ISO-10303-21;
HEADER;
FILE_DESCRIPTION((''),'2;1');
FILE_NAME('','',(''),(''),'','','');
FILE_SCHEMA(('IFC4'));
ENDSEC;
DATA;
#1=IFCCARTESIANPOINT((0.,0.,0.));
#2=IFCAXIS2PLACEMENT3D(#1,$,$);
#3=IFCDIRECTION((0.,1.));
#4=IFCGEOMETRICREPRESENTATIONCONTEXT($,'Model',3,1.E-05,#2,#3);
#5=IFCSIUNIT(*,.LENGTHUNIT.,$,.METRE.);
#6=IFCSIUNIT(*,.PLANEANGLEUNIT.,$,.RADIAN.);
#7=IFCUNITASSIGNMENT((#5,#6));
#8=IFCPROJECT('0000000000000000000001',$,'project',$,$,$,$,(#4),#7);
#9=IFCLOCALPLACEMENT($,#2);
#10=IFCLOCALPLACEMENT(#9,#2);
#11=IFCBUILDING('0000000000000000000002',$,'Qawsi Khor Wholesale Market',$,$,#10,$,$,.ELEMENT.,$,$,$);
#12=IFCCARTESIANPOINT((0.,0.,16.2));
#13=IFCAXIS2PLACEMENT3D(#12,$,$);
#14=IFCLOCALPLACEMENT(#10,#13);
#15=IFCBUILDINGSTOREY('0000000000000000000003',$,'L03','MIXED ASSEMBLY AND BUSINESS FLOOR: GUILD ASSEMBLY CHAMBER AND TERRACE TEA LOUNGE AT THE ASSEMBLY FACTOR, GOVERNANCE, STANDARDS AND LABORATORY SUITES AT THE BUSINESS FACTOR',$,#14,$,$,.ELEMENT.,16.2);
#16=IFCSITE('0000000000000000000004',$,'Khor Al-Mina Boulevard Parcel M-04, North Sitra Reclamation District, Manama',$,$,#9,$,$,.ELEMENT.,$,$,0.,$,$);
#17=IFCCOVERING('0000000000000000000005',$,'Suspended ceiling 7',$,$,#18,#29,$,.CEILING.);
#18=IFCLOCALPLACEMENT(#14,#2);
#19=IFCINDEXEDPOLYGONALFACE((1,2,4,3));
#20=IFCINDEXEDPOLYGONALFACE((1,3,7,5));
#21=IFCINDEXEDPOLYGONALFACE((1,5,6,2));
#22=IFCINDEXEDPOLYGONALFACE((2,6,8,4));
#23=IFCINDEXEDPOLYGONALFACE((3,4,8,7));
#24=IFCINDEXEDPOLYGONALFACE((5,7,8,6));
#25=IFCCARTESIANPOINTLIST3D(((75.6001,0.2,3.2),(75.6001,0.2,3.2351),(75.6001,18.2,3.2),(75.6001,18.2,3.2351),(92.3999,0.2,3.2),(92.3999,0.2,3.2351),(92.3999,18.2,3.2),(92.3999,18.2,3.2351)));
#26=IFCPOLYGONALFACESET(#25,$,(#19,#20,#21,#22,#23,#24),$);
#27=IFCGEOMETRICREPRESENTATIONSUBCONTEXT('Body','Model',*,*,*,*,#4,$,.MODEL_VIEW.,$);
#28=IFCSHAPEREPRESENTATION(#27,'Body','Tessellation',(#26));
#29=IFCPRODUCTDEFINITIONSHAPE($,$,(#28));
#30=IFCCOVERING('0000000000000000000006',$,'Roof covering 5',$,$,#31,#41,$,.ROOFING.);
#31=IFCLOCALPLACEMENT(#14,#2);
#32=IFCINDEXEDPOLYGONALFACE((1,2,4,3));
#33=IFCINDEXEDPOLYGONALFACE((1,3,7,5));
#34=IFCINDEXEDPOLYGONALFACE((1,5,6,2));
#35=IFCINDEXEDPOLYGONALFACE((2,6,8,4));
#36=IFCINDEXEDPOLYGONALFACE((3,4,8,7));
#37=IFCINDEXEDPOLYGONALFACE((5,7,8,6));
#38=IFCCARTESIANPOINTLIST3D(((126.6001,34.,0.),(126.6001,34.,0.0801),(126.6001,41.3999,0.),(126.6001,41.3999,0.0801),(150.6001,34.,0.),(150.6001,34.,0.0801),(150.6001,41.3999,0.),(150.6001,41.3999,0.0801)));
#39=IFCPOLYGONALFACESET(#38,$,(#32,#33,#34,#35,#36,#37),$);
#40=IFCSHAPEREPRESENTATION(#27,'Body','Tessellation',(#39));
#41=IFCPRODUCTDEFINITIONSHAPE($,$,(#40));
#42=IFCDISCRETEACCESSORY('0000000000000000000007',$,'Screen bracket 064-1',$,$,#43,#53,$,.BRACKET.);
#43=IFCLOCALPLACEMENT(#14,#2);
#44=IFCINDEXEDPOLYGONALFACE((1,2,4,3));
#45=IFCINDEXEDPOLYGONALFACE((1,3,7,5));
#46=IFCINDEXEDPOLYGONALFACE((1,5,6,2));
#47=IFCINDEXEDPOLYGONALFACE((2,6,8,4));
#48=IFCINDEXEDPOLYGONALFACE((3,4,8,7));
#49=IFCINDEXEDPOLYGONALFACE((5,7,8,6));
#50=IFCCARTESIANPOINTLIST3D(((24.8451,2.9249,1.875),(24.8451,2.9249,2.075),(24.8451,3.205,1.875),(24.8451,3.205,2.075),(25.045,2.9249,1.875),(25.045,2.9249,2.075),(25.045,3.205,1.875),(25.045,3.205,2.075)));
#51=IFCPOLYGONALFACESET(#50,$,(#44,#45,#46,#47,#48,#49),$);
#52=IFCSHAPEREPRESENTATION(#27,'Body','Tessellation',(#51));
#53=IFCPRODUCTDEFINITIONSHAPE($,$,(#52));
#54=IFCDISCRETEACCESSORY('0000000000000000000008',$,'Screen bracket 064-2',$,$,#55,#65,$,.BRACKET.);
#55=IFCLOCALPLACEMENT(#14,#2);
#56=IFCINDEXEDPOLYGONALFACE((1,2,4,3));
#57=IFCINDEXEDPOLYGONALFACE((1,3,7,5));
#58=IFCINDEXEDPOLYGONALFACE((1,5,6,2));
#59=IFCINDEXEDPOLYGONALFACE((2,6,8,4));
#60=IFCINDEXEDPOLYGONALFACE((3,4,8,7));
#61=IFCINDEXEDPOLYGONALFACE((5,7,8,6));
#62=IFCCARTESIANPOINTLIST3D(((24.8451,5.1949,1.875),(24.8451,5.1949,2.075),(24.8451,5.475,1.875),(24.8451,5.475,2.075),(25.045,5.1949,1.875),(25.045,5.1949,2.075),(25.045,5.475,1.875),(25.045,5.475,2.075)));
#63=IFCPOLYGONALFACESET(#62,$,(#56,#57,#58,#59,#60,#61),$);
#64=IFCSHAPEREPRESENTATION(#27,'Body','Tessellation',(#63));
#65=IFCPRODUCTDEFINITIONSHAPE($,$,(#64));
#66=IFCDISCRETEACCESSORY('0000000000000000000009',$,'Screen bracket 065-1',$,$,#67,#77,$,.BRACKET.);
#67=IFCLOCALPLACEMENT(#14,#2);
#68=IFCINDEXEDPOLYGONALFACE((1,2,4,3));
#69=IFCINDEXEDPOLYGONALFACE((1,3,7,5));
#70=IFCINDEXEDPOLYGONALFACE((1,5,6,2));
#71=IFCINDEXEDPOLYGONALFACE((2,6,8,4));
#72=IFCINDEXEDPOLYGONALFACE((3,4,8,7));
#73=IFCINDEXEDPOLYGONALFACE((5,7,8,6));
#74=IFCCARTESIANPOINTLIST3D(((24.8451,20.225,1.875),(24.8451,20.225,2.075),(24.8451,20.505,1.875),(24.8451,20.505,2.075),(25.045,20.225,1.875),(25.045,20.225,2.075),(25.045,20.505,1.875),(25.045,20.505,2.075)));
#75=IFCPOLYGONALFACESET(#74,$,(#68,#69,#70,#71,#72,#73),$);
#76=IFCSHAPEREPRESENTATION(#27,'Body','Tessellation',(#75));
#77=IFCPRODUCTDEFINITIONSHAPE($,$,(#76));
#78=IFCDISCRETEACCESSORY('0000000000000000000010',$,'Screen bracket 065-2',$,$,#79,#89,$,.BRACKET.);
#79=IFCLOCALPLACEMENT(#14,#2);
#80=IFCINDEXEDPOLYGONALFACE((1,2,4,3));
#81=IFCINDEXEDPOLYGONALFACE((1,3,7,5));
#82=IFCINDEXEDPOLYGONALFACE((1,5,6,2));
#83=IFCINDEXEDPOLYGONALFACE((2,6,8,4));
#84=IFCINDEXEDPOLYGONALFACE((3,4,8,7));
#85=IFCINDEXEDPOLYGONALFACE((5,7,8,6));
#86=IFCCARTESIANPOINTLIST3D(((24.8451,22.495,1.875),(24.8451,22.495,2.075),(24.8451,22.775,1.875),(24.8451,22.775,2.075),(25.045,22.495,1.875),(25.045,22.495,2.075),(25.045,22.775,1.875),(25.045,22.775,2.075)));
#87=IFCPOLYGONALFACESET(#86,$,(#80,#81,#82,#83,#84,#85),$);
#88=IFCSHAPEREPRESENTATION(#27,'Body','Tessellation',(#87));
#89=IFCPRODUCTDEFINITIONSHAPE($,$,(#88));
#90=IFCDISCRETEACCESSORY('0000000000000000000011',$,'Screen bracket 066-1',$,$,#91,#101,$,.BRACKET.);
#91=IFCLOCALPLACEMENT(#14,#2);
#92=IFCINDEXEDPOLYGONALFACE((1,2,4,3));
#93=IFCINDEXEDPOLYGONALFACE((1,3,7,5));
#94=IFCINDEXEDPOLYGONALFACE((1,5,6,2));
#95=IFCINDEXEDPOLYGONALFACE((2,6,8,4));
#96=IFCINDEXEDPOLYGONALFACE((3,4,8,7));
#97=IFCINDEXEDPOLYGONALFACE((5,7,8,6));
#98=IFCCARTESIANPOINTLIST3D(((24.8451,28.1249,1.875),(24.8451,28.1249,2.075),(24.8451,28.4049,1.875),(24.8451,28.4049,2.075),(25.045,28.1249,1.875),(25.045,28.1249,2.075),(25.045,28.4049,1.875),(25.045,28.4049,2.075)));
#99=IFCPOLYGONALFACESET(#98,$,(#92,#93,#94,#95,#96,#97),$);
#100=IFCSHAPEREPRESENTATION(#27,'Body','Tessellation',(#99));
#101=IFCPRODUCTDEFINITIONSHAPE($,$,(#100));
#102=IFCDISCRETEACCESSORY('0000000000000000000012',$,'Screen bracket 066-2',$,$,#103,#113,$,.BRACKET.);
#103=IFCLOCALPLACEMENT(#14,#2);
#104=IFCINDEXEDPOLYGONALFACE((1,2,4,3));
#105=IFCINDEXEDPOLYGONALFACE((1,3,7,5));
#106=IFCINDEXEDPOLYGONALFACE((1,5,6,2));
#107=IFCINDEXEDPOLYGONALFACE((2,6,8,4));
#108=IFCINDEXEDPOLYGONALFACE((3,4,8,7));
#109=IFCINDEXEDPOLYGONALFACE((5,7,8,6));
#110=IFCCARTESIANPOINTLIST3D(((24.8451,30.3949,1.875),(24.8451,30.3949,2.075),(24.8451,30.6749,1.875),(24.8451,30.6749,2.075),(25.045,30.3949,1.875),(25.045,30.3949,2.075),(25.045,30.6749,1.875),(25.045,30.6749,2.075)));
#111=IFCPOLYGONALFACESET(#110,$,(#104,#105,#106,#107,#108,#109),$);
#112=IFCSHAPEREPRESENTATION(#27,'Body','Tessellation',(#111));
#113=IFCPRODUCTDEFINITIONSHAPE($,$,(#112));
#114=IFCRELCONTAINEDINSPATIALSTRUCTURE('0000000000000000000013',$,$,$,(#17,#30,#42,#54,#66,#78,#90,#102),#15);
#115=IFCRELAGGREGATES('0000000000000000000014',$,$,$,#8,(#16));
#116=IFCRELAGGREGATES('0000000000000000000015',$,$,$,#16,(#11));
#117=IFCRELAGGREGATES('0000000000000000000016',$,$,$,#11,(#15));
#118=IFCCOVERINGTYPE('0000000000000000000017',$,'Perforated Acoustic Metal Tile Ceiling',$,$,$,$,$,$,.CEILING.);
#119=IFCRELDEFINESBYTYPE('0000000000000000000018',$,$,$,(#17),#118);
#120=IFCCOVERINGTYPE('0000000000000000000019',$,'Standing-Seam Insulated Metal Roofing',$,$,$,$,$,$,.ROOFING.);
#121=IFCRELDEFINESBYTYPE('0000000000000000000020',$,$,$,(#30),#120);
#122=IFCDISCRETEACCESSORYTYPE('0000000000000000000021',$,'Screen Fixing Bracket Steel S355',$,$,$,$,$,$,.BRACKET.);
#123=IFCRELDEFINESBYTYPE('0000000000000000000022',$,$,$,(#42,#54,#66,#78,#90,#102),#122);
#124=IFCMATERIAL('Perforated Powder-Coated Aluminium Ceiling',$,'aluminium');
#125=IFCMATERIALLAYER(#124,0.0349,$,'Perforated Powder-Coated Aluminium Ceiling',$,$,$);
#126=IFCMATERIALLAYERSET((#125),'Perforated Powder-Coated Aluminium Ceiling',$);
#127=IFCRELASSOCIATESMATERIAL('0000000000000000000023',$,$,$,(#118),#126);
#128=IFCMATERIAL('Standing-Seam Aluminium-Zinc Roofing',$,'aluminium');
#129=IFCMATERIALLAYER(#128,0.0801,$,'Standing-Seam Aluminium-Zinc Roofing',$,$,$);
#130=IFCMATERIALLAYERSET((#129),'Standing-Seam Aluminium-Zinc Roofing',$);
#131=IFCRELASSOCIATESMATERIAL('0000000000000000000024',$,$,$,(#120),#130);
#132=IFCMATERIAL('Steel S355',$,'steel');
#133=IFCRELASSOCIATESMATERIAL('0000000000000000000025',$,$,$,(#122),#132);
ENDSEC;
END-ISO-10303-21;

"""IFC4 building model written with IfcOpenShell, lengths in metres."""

from ifc_helpers import new_model, si_unit, direction, frame, origin, origin_2d, place, context, subcontext, project, spatial, polyline, rectangle, outline, extrude, material, layer, layer_set, type_object, element, save


model = new_model("IFC4")

# Units and contexts
model_context = context("Model", 3, precision=1e-05, world=origin(), true_north=direction((0.0, 1.0)))
body_context = subcontext(model_context, "Body", "Model", "MODEL_VIEW")
ifc_project = project(units=[si_unit("LENGTHUNIT", "METRE"), si_unit("PLANEANGLEUNIT", "RADIAN")], contexts=[model_context])

# Site, building, storey
site_placement = place(None, origin())
site = spatial("IfcSite", under=ifc_project, at=site_placement, Name="Khor Al-Mina Boulevard Parcel M-04, North Sitra Reclamation District, Manama", CompositionType="ELEMENT", RefElevation=0.0)
building_placement = place(site_placement, origin())
building = spatial("IfcBuilding", under=site, at=building_placement, Name="Qawsi Khor Wholesale Market", CompositionType="ELEMENT")
storey_placement = place(building_placement, frame((0.0, 0.0, 16.2)))
storey = spatial("IfcBuildingStorey", under=building, at=storey_placement, Name="L03", Description="MIXED ASSEMBLY AND BUSINESS FLOOR: GUILD ASSEMBLY CHAMBER AND TERRACE TEA LOUNGE AT THE ASSEMBLY FACTOR, GOVERNANCE, STANDARDS AND LABORATORY SUITES AT THE BUSINESS FACTOR", CompositionType="ELEMENT", Elevation=16.2)

# Shared definitions
ifc_material_1 = material(Name="Steel S355", Category="steel")

# Coverings
ifc_material_2 = material(Name="Perforated Powder-Coated Aluminium Ceiling", Category="aluminium")
ifc_layer_1 = layer(ifc_material_2, 0.0349, Name="Perforated Powder-Coated Aluminium Ceiling")
ifc_layer_set_1 = layer_set([ifc_layer_1], Name="Perforated Powder-Coated Aluminium Ceiling")
covering_type_1 = type_object("IfcCoveringType", Name="Perforated Acoustic Metal Tile Ceiling", PredefinedType="CEILING", material=ifc_layer_set_1)
covering_1_placement = place(storey_placement, frame((0.0, 0.0, 3.2)))
element("IfcCovering", 1, at=covering_1_placement, inside=storey, type_object=covering_type_1, Name="Suspended ceiling 7", PredefinedType="CEILING", context=body_context, shape_type="SweptSolid", body=[
    extrude(outline(polyline([(75.6001, 0.2), (92.3999, 0.2), (92.3999, 18.2), (75.6001, 18.2), (75.6001, 0.2)])), origin(), (0.0, 0.0, 1.0), 0.0352),
])
ifc_material_3 = material(Name="Standing-Seam Aluminium-Zinc Roofing", Category="aluminium")
ifc_layer_2 = layer(ifc_material_3, 0.0801, Name="Standing-Seam Aluminium-Zinc Roofing")
ifc_layer_set_2 = layer_set([ifc_layer_2], Name="Standing-Seam Aluminium-Zinc Roofing")
covering_type_2 = type_object("IfcCoveringType", Name="Standing-Seam Insulated Metal Roofing", PredefinedType="ROOFING", material=ifc_layer_set_2)
covering_2_placement = place(storey_placement, origin())
element("IfcCovering", 2, at=covering_2_placement, inside=storey, type_object=covering_type_2, Name="Roof covering 5", PredefinedType="ROOFING", context=body_context, shape_type="SweptSolid", body=[
    extrude(outline(polyline([(126.6001, 34.0), (150.6001, 34.0), (150.6001, 41.3999), (126.6001, 41.3999), (126.6001, 34.0)])), origin(), (0.0, 0.0, 1.0), 0.0801),
])

# Discrete accessories
discrete_accessory_type = type_object("IfcDiscreteAccessoryType", Name="Screen Fixing Bracket Steel S355", PredefinedType="BRACKET", material=ifc_material_1)
for number, where, z_axis, x_axis, name in (
    (3, (24.9451, 3.0649, 1.875), (0.0, 0.0, 1.0), (1.0, 0.0, 0.0), "Screen bracket 064-1"),
    (4, (24.9451, 5.335, 1.875), (0.0, 0.0, 1.0), (1.0, 0.0, 0.0), "Screen bracket 064-2"),
    (5, (24.9451, 20.365, 1.875), (0.0, 0.0, 1.0), (1.0, 0.0, 0.0), "Screen bracket 065-1"),
    (6, (24.9451, 22.635, 1.875), (0.0, 0.0, 1.0), (1.0, 0.0, 0.0), "Screen bracket 065-2"),
    (7, (24.9451, 28.2649, 1.875), (0.0, 0.0, 1.0), (1.0, 0.0, 0.0), "Screen bracket 066-1"),
    (8, (24.9451, 30.5349, 1.875), (0.0, 0.0, 1.0), (1.0, 0.0, 0.0), "Screen bracket 066-2"),
):
    element("IfcDiscreteAccessory", number, at=place(storey_placement, frame(where, z_axis=z_axis, x_axis=x_axis)), inside=storey, type_object=discrete_accessory_type, Name=name, PredefinedType="BRACKET", context=body_context, shape_type="SweptSolid", body=[
        extrude(rectangle(XDim=0.2, YDim=0.28, at=origin_2d()), origin(), (0.0, 0.0, 1.0), 0.2),
    ])

save(model, "model.ifc")
